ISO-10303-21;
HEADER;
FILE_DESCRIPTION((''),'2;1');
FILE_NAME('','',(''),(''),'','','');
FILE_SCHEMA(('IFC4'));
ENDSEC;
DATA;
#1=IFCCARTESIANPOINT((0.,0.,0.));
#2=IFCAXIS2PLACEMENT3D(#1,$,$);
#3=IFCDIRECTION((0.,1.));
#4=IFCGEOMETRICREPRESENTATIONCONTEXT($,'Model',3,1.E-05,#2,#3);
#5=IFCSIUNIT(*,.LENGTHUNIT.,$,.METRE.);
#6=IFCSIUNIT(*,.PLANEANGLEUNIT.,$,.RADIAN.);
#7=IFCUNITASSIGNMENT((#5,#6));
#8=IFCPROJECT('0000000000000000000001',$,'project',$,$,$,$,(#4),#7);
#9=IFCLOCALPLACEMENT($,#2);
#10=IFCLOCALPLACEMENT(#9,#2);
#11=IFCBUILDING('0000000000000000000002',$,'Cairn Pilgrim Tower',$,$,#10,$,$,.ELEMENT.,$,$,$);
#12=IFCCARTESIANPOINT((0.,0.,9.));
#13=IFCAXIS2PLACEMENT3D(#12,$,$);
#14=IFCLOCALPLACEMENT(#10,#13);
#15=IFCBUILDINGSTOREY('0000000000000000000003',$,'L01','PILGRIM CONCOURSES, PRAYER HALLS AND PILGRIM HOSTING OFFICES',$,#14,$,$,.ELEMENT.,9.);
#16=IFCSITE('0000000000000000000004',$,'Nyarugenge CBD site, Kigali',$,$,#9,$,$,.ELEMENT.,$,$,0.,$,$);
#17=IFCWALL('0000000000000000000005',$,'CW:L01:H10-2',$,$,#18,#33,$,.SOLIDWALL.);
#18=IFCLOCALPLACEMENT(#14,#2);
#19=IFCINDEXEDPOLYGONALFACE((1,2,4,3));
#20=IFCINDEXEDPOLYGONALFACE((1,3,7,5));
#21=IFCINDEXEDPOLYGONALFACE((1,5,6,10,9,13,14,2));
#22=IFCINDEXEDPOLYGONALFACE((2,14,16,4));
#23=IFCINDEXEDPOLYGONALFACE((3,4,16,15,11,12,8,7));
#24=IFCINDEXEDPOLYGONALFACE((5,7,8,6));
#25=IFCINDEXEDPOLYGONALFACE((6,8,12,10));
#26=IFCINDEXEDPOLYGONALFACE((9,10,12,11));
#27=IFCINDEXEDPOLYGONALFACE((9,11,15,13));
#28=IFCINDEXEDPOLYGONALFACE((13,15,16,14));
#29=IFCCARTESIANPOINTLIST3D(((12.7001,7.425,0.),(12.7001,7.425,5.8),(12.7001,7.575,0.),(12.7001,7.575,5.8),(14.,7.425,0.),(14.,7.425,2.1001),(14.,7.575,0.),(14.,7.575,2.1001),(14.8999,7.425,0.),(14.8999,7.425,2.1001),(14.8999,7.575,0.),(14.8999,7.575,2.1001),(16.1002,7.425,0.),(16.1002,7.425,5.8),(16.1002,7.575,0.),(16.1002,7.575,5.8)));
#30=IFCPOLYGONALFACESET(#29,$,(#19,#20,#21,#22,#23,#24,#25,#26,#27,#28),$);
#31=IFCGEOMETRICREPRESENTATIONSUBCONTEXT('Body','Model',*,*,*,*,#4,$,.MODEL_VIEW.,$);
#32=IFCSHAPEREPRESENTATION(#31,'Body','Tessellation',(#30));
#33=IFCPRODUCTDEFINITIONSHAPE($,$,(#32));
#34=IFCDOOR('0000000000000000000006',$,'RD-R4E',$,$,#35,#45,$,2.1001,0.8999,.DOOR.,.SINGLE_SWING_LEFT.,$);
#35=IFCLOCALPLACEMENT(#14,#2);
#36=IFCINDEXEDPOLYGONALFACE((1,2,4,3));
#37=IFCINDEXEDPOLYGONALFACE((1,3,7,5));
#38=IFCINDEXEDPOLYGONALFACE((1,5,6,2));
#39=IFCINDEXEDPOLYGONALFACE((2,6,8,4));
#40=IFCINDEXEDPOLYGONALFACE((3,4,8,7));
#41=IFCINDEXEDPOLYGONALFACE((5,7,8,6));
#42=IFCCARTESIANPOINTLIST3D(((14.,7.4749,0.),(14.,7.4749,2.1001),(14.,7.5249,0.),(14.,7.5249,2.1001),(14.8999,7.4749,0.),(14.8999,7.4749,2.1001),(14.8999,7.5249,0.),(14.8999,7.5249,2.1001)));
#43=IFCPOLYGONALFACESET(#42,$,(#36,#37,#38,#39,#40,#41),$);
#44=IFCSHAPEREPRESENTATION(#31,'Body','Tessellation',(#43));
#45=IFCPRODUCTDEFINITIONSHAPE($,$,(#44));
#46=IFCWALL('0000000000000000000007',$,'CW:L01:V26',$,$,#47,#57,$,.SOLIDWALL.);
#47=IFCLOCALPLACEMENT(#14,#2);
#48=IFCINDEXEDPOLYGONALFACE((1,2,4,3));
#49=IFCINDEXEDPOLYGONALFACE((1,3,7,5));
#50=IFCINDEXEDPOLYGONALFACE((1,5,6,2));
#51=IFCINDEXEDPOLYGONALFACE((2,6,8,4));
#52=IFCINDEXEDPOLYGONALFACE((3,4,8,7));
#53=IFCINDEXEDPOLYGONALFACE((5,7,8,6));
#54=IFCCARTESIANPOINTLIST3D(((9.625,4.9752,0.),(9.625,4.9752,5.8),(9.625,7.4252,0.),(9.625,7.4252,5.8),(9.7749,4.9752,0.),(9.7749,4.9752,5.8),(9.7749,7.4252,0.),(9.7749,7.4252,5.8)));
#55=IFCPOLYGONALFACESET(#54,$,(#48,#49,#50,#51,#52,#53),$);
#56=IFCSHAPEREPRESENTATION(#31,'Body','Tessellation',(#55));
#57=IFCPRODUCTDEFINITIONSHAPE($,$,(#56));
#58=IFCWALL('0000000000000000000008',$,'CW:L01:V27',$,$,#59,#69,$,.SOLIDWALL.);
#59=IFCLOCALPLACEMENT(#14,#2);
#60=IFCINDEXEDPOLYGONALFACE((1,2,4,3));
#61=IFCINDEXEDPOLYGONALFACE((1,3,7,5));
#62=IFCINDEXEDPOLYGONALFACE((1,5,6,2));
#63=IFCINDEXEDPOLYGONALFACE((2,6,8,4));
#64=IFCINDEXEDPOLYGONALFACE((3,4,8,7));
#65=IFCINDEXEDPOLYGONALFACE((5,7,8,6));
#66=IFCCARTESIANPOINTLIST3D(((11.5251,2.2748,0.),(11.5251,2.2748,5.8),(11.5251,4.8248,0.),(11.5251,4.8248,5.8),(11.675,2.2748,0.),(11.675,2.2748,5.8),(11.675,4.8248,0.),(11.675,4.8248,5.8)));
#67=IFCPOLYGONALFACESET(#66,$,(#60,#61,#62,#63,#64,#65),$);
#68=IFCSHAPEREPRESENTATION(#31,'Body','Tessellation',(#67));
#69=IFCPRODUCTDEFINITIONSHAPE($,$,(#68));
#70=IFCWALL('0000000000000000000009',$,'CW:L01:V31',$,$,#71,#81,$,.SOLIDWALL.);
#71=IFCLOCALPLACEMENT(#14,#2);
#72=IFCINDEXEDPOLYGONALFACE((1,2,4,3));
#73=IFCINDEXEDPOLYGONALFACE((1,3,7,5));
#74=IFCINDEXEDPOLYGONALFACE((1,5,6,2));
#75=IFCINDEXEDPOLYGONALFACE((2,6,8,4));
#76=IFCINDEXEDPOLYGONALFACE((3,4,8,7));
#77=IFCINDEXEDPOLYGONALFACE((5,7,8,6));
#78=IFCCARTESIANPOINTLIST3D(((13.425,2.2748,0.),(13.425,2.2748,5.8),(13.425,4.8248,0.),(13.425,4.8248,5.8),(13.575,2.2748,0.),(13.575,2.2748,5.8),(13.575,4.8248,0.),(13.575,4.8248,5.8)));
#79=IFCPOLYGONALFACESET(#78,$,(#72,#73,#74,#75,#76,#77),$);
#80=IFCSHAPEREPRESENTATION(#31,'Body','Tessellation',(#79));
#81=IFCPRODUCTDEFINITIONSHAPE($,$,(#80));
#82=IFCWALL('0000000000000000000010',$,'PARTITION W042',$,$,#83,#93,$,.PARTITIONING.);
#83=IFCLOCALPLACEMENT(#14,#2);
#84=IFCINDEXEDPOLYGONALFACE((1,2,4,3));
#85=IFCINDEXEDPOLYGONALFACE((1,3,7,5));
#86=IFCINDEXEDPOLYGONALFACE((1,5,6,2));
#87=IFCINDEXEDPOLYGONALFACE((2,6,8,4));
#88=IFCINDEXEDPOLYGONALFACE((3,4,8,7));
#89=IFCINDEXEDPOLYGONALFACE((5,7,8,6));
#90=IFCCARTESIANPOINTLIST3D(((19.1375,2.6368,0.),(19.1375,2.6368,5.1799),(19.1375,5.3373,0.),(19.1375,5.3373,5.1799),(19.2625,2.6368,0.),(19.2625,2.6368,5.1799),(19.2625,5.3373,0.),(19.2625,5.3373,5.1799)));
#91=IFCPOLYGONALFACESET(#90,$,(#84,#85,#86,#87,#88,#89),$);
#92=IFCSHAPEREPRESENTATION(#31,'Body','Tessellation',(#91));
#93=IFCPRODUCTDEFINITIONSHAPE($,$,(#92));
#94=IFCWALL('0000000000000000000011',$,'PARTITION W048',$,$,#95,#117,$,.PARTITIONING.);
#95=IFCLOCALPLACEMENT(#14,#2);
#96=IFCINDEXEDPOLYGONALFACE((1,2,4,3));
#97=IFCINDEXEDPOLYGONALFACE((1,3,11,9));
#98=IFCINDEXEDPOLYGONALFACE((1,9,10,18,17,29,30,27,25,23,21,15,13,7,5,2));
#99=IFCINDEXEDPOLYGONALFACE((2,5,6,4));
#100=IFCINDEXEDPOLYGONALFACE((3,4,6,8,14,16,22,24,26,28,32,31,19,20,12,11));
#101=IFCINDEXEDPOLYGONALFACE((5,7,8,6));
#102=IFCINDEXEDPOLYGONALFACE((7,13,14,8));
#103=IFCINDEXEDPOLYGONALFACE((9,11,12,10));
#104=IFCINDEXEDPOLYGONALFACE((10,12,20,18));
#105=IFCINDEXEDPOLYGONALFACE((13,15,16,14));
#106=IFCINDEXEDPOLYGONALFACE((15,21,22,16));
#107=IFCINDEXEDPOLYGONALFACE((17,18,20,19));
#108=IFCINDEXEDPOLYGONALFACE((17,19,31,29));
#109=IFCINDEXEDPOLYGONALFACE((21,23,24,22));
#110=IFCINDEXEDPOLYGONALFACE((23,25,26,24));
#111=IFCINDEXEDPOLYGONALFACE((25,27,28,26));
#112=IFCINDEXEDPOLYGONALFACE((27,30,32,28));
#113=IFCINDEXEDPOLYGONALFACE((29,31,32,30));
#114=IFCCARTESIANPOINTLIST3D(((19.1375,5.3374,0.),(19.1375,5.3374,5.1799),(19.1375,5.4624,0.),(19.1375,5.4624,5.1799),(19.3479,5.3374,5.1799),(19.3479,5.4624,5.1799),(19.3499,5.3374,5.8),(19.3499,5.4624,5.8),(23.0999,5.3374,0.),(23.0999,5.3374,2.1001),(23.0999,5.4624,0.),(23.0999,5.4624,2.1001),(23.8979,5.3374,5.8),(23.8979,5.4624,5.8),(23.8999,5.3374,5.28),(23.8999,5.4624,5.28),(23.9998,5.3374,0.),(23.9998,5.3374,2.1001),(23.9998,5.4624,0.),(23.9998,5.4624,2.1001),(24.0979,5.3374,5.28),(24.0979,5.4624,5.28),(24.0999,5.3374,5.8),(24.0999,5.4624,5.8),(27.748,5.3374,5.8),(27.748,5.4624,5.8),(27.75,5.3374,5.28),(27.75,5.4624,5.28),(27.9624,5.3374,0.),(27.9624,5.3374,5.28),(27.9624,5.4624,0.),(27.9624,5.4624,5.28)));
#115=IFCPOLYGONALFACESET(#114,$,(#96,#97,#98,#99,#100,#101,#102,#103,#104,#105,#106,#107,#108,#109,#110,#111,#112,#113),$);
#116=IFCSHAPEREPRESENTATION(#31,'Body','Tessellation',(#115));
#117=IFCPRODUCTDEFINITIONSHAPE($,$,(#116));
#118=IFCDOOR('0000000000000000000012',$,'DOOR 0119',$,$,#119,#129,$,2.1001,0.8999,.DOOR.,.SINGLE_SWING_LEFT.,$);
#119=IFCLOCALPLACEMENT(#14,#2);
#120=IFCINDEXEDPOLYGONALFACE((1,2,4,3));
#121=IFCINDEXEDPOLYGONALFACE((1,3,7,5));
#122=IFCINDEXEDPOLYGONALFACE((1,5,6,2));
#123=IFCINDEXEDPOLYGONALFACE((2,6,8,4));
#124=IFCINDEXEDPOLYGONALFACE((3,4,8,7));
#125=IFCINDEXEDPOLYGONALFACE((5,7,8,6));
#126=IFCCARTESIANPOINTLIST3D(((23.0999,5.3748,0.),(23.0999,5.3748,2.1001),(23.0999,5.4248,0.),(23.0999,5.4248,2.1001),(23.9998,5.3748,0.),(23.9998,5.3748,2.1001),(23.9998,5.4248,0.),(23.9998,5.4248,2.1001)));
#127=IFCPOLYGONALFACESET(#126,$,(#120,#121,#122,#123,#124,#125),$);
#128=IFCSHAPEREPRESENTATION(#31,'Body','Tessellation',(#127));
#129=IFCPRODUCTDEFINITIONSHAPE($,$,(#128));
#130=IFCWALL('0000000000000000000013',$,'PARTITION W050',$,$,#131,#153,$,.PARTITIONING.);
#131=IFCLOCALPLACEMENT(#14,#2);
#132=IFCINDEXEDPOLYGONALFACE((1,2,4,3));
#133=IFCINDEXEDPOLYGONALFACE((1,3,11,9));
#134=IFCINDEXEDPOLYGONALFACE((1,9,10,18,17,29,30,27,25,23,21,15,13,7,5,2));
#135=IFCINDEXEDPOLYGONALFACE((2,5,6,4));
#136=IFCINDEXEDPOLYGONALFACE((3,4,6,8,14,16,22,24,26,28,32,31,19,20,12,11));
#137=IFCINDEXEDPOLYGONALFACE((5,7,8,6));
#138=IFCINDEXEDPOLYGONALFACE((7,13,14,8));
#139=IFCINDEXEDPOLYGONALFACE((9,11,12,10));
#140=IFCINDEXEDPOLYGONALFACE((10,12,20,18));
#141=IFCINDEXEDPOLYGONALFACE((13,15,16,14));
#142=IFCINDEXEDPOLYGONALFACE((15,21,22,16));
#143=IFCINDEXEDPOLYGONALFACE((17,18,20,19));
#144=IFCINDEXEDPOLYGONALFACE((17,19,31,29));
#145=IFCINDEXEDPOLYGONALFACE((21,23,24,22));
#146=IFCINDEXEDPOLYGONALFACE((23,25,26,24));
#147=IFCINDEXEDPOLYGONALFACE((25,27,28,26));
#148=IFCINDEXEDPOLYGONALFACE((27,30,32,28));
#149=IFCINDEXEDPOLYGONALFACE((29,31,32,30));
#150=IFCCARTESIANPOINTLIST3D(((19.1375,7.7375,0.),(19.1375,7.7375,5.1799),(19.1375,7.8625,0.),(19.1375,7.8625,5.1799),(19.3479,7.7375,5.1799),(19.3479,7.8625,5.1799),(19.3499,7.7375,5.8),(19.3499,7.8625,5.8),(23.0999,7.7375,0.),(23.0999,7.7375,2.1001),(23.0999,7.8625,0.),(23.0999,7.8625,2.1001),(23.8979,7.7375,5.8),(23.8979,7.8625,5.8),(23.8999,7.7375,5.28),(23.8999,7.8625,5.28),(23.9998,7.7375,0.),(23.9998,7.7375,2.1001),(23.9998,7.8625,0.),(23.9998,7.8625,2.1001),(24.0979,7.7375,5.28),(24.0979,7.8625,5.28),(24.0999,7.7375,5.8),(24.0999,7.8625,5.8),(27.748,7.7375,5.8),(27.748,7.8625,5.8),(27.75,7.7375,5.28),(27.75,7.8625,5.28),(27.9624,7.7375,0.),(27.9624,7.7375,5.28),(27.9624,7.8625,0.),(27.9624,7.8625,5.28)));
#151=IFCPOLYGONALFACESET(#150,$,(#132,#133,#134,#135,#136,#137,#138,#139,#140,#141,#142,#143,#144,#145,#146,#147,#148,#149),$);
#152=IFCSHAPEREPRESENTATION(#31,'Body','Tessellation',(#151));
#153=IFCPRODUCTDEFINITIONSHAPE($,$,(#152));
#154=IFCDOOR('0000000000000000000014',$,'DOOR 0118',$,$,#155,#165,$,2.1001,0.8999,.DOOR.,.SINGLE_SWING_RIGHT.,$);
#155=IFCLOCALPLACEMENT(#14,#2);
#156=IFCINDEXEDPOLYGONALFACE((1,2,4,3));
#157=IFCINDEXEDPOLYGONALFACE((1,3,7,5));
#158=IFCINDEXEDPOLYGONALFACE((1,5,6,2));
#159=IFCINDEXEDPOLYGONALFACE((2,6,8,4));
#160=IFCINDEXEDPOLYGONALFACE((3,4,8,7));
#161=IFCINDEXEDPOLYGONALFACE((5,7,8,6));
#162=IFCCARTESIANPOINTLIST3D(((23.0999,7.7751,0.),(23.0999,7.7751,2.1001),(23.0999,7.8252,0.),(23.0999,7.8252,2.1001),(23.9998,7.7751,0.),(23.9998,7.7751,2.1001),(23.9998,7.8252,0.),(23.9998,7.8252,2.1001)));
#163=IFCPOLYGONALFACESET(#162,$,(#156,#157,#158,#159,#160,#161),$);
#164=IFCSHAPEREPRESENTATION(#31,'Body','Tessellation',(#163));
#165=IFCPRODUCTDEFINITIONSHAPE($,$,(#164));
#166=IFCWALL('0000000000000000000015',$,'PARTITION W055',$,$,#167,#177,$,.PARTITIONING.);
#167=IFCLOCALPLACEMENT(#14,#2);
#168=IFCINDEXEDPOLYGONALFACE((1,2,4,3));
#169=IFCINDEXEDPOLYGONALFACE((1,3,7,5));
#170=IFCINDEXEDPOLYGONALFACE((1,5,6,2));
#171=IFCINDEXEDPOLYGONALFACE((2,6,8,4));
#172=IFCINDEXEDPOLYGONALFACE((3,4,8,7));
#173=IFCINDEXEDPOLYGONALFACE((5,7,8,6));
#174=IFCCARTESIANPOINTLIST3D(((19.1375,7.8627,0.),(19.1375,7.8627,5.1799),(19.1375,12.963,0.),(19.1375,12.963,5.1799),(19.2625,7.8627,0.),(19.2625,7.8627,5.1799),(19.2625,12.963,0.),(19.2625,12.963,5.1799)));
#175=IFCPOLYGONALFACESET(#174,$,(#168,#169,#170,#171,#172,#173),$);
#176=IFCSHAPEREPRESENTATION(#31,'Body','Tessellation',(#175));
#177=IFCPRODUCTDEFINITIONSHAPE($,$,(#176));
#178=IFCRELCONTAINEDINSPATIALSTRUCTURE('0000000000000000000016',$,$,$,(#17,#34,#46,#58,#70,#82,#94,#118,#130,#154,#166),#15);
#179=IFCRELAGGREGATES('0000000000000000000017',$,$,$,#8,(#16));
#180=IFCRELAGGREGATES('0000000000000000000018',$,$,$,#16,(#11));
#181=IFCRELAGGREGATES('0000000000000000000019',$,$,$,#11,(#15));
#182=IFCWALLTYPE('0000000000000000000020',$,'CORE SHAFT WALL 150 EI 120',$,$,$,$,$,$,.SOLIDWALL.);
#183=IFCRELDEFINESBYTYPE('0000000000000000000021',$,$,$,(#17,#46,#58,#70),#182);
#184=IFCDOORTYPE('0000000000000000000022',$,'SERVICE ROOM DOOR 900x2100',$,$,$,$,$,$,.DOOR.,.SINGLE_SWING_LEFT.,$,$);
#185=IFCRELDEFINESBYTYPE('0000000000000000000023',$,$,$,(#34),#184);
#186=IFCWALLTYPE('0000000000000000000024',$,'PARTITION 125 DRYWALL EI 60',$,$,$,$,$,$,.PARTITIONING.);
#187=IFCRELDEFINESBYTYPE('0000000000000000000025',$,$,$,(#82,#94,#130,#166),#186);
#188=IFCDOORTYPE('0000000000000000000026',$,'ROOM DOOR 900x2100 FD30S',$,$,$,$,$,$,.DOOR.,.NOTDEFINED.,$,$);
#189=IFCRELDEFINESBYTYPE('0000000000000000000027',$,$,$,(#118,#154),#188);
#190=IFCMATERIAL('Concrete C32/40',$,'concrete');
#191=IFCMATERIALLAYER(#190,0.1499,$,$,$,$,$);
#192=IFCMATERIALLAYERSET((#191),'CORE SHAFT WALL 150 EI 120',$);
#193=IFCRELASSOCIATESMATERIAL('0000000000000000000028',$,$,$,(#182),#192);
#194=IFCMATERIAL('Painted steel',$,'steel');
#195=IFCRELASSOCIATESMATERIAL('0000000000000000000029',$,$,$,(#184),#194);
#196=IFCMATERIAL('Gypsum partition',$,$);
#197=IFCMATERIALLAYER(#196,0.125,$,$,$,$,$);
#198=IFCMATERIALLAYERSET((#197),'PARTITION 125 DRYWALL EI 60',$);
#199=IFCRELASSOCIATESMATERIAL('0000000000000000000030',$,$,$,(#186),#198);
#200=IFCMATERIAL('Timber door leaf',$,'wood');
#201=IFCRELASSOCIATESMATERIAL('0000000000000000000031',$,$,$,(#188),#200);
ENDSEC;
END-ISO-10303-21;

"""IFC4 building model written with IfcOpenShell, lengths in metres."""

from ifc_helpers import new_model, si_unit, direction, frame, frame_2d, origin, place, context, subcontext, project, spatial, polyline, rectangle, outline, extrude, material, layer, layer_set, type_object, element, fill, save


model = new_model("IFC4")

# Units and contexts
model_context = context("Model", 3, precision=1e-05, world=origin(), true_north=direction((0.0, 1.0)))
body_context = subcontext(model_context, "Body", "Model", "MODEL_VIEW")
ifc_project = project(units=[si_unit("LENGTHUNIT", "METRE"), si_unit("PLANEANGLEUNIT", "RADIAN")], contexts=[model_context])

# Site, building, storey
site_placement = place(None, origin())
site = spatial("IfcSite", under=ifc_project, at=site_placement, Name="Nyarugenge CBD site, Kigali", CompositionType="ELEMENT", RefElevation=0.0)
building_placement = place(site_placement, origin())
building = spatial("IfcBuilding", under=site, at=building_placement, Name="Cairn Pilgrim Tower", CompositionType="ELEMENT")
storey_placement = place(building_placement, frame((0.0, 0.0, 9.0)))
storey = spatial("IfcBuildingStorey", under=building, at=storey_placement, Name="L01", Description="PILGRIM CONCOURSES, PRAYER HALLS AND PILGRIM HOSTING OFFICES", CompositionType="ELEMENT", Elevation=9.0)

# Shared definitions
ifc_material_1 = material(Name="Concrete C32/40", Category="concrete")

# Shared definitions
ifc_layer_1 = layer(ifc_material_1, 0.1499)
ifc_layer_set_1 = layer_set([ifc_layer_1], Name="CORE SHAFT WALL 150 EI 120")
wall_type_1 = type_object("IfcWallType", Name="CORE SHAFT WALL 150 EI 120", PredefinedType="SOLIDWALL", material=ifc_layer_set_1)
ifc_material_2 = material(Name="Painted steel", Category="steel")
door_type_1 = type_object("IfcDoorType", Name="SERVICE ROOM DOOR 900x2100", OperationType="SINGLE_SWING_LEFT", PredefinedType="DOOR", material=ifc_material_2)

# Wall, opening, door
wall_1_placement = place(storey_placement, frame((12.7, 7.5, 0.0), z_axis=(0.0, 0.0, 1.0), x_axis=(1.0, 0.0, 0.0)))
wall_1 = element("IfcWall", 1, at=wall_1_placement, inside=storey, type_object=wall_type_1, Name="CW:L01:H10-2", PredefinedType="SOLIDWALL", context=body_context, shape_type="SweptSolid", body=[
    extrude(rectangle(XDim=3.4001, YDim=0.1499, at=frame_2d((1.7002, 0.0))), origin(), (0.0, 0.0, 1.0), 5.8),
])
opening_1_placement = place(wall_1_placement, frame((1.3, 0.0, 0.0)))
opening_1 = element("IfcOpeningElement", 2, at=opening_1_placement, cuts=wall_1, PredefinedType="OPENING", context=body_context, shape_type="SweptSolid", body=[
    extrude(rectangle(XDim=0.8999, YDim=2.1001, at=frame_2d((0.45, 1.05))), frame((0.0, 0.085, 0.0), z_axis=(0.0, -1.0, 0.0), x_axis=(1.0, 0.0, 0.0)), (0.0, 0.0, 1.0), 0.1699),
])
door_1_placement = place(opening_1_placement, origin())
door_1 = element("IfcDoor", 3, at=door_1_placement, inside=storey, type_object=door_type_1, Name="RD-R4E", OperationType="SINGLE_SWING_LEFT", OverallHeight=2.1001, OverallWidth=0.8999, PredefinedType="DOOR", context=body_context, shape_type="SweptSolid", body=[
    extrude(rectangle(XDim=0.8999, YDim=2.1001, at=frame_2d((0.45, 1.05))), frame((0.0, 0.0249, 0.0), z_axis=(0.0, -1.0, 0.0), x_axis=(1.0, 0.0, 0.0)), (0.0, 0.0, 1.0), 0.05),
])
fill(opening_1, door_1)

# Walls
wall_2_placement = place(storey_placement, frame((9.7, 4.9751, 0.0), z_axis=(0.0, 0.0, 1.0), x_axis=(0.0, 1.0, 0.0)))
element("IfcWall", 4, at=wall_2_placement, inside=storey, type_object=wall_type_1, Name="CW:L01:V26", PredefinedType="SOLIDWALL", context=body_context, shape_type="SweptSolid", body=[
    extrude(rectangle(XDim=2.45, YDim=0.1499, at=frame_2d((1.2251, 0.0))), origin(), (0.0, 0.0, 1.0), 5.8),
])
for number, where, z_axis, x_axis, name in (
    (5, (11.6001, 2.2749, 0.0), (0.0, 0.0, 1.0), (0.0, 1.0, 0.0), "CW:L01:V27"),
    (6, (13.5, 2.2749, 0.0), (0.0, 0.0, 1.0), (0.0, 1.0, 0.0), "CW:L01:V31"),
):
    element("IfcWall", number, at=place(storey_placement, frame(where, z_axis=z_axis, x_axis=x_axis)), inside=storey, type_object=wall_type_1, Name=name, PredefinedType="SOLIDWALL", context=body_context, shape_type="SweptSolid", body=[
        extrude(rectangle(XDim=2.55, YDim=0.1499, at=frame_2d((1.2749, 0.0))), origin(), (0.0, 0.0, 1.0), 5.8),
    ])
ifc_material_3 = material(Name="Gypsum partition")
ifc_layer_2 = layer(ifc_material_3, 0.125)
ifc_layer_set_2 = layer_set([ifc_layer_2], Name="PARTITION 125 DRYWALL EI 60")
wall_type_2 = type_object("IfcWallType", Name="PARTITION 125 DRYWALL EI 60", PredefinedType="PARTITIONING", material=ifc_layer_set_2)
wall_3_placement = place(storey_placement, frame((19.2, 2.637, 0.0), z_axis=(0.0, 0.0, 1.0), x_axis=(0.0, 1.0, 0.0)))
element("IfcWall", 7, at=wall_3_placement, inside=storey, type_object=wall_type_2, Name="PARTITION W042", PredefinedType="PARTITIONING", context=body_context, shape_type="SweptSolid", body=[
    extrude(rectangle(XDim=2.7004, YDim=0.125, at=frame_2d((1.3501, 0.0))), origin(), (0.0, 0.0, 1.0), 5.1799),
])

# Walls, openings, doors
wall_4_placement = place(storey_placement, frame((19.1375, 5.3999, 0.0), z_axis=(0.0, 0.0, 1.0), x_axis=(1.0, 0.0, 0.0)))
wall_4 = element("IfcWall", 8, at=wall_4_placement, inside=storey, type_object=wall_type_2, Name="PARTITION W048", PredefinedType="PARTITIONING", context=body_context, shape_type="SweptSolid", body=[
    extrude(outline(polyline([(0.0, 0.0), (8.825, 0.0), (8.825, 5.28), (8.6125, 5.28), (8.6106, 5.8), (4.9624, 5.8), (4.9604, 5.28), (4.7625, 5.28), (4.7605, 5.8), (0.2124, 5.8), (0.2104, 5.1799), (0.0, 5.1799), (0.0, 0.0)])), frame((0.0, 0.0625, 0.0), z_axis=(0.0, -1.0, 0.0), x_axis=(1.0, 0.0, 0.0)), (0.0, 0.0, 1.0), 0.125),
])
opening_2_placement = place(wall_4_placement, frame((3.9624, 0.0, 0.0)))
opening_2 = element("IfcOpeningElement", 9, at=opening_2_placement, cuts=wall_4, PredefinedType="OPENING", context=body_context, shape_type="SweptSolid", body=[
    extrude(rectangle(XDim=0.8999, YDim=2.1001, at=frame_2d((0.45, 1.05))), frame((0.0, 0.0725, 0.0), z_axis=(0.0, -1.0, 0.0), x_axis=(1.0, 0.0, 0.0)), (0.0, 0.0, 1.0), 0.145),
])
ifc_material_4 = material(Name="Timber door leaf", Category="wood")
door_type_2 = type_object("IfcDoorType", Name="ROOM DOOR 900x2100 FD30S", OperationType="NOTDEFINED", PredefinedType="DOOR", material=ifc_material_4)
door_2_placement = place(opening_2_placement, origin())
door_2 = element("IfcDoor", 10, at=door_2_placement, inside=storey, type_object=door_type_2, Name="DOOR 0119", OperationType="SINGLE_SWING_LEFT", OverallHeight=2.1001, OverallWidth=0.8999, PredefinedType="DOOR", context=body_context, shape_type="SweptSolid", body=[
    extrude(rectangle(XDim=0.8999, YDim=2.1001, at=frame_2d((0.45, 1.05))), frame((0.0, 0.0249, 0.0), z_axis=(0.0, -1.0, 0.0), x_axis=(1.0, 0.0, 0.0)), (0.0, 0.0, 1.0), 0.05),
])
fill(opening_2, door_2)
wall_5_placement = place(storey_placement, frame((19.1375, 7.8, 0.0), z_axis=(0.0, 0.0, 1.0), x_axis=(1.0, 0.0, 0.0)))
wall_5 = element("IfcWall", 11, at=wall_5_placement, inside=storey, type_object=wall_type_2, Name="PARTITION W050", PredefinedType="PARTITIONING", context=body_context, shape_type="SweptSolid", body=[
    extrude(outline(polyline([(0.0, 0.0), (8.825, 0.0), (8.825, 5.28), (8.6125, 5.28), (8.6106, 5.8), (4.9624, 5.8), (4.9604, 5.28), (4.7625, 5.28), (4.7605, 5.8), (0.2124, 5.8), (0.2104, 5.1799), (0.0, 5.1799), (0.0, 0.0)])), frame((0.0, 0.0625, 0.0), z_axis=(0.0, -1.0, 0.0), x_axis=(1.0, 0.0, 0.0)), (0.0, 0.0, 1.0), 0.125),
])
opening_3_placement = place(wall_5_placement, frame((3.9624, 0.0, 0.0)))
opening_3 = element("IfcOpeningElement", 12, at=opening_3_placement, cuts=wall_5, PredefinedType="OPENING", context=body_context, shape_type="SweptSolid", body=[
    extrude(rectangle(XDim=0.8999, YDim=2.1001, at=frame_2d((0.45, 1.05))), frame((0.0, 0.0725, 0.0), z_axis=(0.0, -1.0, 0.0), x_axis=(1.0, 0.0, 0.0)), (0.0, 0.0, 1.0), 0.145),
])
door_3_placement = place(opening_3_placement, frame((0.8999, 0.0, 0.0), z_axis=(0.0, 0.0, 1.0), x_axis=(-1.0, 0.0, 0.0)))
door_3 = element("IfcDoor", 13, at=door_3_placement, inside=storey, type_object=door_type_2, Name="DOOR 0118", OperationType="SINGLE_SWING_RIGHT", OverallHeight=2.1001, OverallWidth=0.8999, PredefinedType="DOOR", context=body_context, shape_type="SweptSolid", body=[
    extrude(rectangle(XDim=0.8999, YDim=2.1001, at=frame_2d((0.45, 1.05))), frame((0.0, 0.0249, 0.0), z_axis=(0.0, -1.0, 0.0), x_axis=(1.0, 0.0, 0.0)), (0.0, 0.0, 1.0), 0.05),
])
fill(opening_3, door_3)

# Wall
wall_6_placement = place(storey_placement, frame((19.2, 7.8625, 0.0), z_axis=(0.0, 0.0, 1.0), x_axis=(0.0, 1.0, 0.0)))
element("IfcWall", 14, at=wall_6_placement, inside=storey, type_object=wall_type_2, Name="PARTITION W055", PredefinedType="PARTITIONING", context=body_context, shape_type="SweptSolid", body=[
    extrude(rectangle(XDim=5.1003, YDim=0.125, at=frame_2d((2.5503, 0.0))), origin(), (0.0, 0.0, 1.0), 5.1799),
])

save(model, "model.ifc")
